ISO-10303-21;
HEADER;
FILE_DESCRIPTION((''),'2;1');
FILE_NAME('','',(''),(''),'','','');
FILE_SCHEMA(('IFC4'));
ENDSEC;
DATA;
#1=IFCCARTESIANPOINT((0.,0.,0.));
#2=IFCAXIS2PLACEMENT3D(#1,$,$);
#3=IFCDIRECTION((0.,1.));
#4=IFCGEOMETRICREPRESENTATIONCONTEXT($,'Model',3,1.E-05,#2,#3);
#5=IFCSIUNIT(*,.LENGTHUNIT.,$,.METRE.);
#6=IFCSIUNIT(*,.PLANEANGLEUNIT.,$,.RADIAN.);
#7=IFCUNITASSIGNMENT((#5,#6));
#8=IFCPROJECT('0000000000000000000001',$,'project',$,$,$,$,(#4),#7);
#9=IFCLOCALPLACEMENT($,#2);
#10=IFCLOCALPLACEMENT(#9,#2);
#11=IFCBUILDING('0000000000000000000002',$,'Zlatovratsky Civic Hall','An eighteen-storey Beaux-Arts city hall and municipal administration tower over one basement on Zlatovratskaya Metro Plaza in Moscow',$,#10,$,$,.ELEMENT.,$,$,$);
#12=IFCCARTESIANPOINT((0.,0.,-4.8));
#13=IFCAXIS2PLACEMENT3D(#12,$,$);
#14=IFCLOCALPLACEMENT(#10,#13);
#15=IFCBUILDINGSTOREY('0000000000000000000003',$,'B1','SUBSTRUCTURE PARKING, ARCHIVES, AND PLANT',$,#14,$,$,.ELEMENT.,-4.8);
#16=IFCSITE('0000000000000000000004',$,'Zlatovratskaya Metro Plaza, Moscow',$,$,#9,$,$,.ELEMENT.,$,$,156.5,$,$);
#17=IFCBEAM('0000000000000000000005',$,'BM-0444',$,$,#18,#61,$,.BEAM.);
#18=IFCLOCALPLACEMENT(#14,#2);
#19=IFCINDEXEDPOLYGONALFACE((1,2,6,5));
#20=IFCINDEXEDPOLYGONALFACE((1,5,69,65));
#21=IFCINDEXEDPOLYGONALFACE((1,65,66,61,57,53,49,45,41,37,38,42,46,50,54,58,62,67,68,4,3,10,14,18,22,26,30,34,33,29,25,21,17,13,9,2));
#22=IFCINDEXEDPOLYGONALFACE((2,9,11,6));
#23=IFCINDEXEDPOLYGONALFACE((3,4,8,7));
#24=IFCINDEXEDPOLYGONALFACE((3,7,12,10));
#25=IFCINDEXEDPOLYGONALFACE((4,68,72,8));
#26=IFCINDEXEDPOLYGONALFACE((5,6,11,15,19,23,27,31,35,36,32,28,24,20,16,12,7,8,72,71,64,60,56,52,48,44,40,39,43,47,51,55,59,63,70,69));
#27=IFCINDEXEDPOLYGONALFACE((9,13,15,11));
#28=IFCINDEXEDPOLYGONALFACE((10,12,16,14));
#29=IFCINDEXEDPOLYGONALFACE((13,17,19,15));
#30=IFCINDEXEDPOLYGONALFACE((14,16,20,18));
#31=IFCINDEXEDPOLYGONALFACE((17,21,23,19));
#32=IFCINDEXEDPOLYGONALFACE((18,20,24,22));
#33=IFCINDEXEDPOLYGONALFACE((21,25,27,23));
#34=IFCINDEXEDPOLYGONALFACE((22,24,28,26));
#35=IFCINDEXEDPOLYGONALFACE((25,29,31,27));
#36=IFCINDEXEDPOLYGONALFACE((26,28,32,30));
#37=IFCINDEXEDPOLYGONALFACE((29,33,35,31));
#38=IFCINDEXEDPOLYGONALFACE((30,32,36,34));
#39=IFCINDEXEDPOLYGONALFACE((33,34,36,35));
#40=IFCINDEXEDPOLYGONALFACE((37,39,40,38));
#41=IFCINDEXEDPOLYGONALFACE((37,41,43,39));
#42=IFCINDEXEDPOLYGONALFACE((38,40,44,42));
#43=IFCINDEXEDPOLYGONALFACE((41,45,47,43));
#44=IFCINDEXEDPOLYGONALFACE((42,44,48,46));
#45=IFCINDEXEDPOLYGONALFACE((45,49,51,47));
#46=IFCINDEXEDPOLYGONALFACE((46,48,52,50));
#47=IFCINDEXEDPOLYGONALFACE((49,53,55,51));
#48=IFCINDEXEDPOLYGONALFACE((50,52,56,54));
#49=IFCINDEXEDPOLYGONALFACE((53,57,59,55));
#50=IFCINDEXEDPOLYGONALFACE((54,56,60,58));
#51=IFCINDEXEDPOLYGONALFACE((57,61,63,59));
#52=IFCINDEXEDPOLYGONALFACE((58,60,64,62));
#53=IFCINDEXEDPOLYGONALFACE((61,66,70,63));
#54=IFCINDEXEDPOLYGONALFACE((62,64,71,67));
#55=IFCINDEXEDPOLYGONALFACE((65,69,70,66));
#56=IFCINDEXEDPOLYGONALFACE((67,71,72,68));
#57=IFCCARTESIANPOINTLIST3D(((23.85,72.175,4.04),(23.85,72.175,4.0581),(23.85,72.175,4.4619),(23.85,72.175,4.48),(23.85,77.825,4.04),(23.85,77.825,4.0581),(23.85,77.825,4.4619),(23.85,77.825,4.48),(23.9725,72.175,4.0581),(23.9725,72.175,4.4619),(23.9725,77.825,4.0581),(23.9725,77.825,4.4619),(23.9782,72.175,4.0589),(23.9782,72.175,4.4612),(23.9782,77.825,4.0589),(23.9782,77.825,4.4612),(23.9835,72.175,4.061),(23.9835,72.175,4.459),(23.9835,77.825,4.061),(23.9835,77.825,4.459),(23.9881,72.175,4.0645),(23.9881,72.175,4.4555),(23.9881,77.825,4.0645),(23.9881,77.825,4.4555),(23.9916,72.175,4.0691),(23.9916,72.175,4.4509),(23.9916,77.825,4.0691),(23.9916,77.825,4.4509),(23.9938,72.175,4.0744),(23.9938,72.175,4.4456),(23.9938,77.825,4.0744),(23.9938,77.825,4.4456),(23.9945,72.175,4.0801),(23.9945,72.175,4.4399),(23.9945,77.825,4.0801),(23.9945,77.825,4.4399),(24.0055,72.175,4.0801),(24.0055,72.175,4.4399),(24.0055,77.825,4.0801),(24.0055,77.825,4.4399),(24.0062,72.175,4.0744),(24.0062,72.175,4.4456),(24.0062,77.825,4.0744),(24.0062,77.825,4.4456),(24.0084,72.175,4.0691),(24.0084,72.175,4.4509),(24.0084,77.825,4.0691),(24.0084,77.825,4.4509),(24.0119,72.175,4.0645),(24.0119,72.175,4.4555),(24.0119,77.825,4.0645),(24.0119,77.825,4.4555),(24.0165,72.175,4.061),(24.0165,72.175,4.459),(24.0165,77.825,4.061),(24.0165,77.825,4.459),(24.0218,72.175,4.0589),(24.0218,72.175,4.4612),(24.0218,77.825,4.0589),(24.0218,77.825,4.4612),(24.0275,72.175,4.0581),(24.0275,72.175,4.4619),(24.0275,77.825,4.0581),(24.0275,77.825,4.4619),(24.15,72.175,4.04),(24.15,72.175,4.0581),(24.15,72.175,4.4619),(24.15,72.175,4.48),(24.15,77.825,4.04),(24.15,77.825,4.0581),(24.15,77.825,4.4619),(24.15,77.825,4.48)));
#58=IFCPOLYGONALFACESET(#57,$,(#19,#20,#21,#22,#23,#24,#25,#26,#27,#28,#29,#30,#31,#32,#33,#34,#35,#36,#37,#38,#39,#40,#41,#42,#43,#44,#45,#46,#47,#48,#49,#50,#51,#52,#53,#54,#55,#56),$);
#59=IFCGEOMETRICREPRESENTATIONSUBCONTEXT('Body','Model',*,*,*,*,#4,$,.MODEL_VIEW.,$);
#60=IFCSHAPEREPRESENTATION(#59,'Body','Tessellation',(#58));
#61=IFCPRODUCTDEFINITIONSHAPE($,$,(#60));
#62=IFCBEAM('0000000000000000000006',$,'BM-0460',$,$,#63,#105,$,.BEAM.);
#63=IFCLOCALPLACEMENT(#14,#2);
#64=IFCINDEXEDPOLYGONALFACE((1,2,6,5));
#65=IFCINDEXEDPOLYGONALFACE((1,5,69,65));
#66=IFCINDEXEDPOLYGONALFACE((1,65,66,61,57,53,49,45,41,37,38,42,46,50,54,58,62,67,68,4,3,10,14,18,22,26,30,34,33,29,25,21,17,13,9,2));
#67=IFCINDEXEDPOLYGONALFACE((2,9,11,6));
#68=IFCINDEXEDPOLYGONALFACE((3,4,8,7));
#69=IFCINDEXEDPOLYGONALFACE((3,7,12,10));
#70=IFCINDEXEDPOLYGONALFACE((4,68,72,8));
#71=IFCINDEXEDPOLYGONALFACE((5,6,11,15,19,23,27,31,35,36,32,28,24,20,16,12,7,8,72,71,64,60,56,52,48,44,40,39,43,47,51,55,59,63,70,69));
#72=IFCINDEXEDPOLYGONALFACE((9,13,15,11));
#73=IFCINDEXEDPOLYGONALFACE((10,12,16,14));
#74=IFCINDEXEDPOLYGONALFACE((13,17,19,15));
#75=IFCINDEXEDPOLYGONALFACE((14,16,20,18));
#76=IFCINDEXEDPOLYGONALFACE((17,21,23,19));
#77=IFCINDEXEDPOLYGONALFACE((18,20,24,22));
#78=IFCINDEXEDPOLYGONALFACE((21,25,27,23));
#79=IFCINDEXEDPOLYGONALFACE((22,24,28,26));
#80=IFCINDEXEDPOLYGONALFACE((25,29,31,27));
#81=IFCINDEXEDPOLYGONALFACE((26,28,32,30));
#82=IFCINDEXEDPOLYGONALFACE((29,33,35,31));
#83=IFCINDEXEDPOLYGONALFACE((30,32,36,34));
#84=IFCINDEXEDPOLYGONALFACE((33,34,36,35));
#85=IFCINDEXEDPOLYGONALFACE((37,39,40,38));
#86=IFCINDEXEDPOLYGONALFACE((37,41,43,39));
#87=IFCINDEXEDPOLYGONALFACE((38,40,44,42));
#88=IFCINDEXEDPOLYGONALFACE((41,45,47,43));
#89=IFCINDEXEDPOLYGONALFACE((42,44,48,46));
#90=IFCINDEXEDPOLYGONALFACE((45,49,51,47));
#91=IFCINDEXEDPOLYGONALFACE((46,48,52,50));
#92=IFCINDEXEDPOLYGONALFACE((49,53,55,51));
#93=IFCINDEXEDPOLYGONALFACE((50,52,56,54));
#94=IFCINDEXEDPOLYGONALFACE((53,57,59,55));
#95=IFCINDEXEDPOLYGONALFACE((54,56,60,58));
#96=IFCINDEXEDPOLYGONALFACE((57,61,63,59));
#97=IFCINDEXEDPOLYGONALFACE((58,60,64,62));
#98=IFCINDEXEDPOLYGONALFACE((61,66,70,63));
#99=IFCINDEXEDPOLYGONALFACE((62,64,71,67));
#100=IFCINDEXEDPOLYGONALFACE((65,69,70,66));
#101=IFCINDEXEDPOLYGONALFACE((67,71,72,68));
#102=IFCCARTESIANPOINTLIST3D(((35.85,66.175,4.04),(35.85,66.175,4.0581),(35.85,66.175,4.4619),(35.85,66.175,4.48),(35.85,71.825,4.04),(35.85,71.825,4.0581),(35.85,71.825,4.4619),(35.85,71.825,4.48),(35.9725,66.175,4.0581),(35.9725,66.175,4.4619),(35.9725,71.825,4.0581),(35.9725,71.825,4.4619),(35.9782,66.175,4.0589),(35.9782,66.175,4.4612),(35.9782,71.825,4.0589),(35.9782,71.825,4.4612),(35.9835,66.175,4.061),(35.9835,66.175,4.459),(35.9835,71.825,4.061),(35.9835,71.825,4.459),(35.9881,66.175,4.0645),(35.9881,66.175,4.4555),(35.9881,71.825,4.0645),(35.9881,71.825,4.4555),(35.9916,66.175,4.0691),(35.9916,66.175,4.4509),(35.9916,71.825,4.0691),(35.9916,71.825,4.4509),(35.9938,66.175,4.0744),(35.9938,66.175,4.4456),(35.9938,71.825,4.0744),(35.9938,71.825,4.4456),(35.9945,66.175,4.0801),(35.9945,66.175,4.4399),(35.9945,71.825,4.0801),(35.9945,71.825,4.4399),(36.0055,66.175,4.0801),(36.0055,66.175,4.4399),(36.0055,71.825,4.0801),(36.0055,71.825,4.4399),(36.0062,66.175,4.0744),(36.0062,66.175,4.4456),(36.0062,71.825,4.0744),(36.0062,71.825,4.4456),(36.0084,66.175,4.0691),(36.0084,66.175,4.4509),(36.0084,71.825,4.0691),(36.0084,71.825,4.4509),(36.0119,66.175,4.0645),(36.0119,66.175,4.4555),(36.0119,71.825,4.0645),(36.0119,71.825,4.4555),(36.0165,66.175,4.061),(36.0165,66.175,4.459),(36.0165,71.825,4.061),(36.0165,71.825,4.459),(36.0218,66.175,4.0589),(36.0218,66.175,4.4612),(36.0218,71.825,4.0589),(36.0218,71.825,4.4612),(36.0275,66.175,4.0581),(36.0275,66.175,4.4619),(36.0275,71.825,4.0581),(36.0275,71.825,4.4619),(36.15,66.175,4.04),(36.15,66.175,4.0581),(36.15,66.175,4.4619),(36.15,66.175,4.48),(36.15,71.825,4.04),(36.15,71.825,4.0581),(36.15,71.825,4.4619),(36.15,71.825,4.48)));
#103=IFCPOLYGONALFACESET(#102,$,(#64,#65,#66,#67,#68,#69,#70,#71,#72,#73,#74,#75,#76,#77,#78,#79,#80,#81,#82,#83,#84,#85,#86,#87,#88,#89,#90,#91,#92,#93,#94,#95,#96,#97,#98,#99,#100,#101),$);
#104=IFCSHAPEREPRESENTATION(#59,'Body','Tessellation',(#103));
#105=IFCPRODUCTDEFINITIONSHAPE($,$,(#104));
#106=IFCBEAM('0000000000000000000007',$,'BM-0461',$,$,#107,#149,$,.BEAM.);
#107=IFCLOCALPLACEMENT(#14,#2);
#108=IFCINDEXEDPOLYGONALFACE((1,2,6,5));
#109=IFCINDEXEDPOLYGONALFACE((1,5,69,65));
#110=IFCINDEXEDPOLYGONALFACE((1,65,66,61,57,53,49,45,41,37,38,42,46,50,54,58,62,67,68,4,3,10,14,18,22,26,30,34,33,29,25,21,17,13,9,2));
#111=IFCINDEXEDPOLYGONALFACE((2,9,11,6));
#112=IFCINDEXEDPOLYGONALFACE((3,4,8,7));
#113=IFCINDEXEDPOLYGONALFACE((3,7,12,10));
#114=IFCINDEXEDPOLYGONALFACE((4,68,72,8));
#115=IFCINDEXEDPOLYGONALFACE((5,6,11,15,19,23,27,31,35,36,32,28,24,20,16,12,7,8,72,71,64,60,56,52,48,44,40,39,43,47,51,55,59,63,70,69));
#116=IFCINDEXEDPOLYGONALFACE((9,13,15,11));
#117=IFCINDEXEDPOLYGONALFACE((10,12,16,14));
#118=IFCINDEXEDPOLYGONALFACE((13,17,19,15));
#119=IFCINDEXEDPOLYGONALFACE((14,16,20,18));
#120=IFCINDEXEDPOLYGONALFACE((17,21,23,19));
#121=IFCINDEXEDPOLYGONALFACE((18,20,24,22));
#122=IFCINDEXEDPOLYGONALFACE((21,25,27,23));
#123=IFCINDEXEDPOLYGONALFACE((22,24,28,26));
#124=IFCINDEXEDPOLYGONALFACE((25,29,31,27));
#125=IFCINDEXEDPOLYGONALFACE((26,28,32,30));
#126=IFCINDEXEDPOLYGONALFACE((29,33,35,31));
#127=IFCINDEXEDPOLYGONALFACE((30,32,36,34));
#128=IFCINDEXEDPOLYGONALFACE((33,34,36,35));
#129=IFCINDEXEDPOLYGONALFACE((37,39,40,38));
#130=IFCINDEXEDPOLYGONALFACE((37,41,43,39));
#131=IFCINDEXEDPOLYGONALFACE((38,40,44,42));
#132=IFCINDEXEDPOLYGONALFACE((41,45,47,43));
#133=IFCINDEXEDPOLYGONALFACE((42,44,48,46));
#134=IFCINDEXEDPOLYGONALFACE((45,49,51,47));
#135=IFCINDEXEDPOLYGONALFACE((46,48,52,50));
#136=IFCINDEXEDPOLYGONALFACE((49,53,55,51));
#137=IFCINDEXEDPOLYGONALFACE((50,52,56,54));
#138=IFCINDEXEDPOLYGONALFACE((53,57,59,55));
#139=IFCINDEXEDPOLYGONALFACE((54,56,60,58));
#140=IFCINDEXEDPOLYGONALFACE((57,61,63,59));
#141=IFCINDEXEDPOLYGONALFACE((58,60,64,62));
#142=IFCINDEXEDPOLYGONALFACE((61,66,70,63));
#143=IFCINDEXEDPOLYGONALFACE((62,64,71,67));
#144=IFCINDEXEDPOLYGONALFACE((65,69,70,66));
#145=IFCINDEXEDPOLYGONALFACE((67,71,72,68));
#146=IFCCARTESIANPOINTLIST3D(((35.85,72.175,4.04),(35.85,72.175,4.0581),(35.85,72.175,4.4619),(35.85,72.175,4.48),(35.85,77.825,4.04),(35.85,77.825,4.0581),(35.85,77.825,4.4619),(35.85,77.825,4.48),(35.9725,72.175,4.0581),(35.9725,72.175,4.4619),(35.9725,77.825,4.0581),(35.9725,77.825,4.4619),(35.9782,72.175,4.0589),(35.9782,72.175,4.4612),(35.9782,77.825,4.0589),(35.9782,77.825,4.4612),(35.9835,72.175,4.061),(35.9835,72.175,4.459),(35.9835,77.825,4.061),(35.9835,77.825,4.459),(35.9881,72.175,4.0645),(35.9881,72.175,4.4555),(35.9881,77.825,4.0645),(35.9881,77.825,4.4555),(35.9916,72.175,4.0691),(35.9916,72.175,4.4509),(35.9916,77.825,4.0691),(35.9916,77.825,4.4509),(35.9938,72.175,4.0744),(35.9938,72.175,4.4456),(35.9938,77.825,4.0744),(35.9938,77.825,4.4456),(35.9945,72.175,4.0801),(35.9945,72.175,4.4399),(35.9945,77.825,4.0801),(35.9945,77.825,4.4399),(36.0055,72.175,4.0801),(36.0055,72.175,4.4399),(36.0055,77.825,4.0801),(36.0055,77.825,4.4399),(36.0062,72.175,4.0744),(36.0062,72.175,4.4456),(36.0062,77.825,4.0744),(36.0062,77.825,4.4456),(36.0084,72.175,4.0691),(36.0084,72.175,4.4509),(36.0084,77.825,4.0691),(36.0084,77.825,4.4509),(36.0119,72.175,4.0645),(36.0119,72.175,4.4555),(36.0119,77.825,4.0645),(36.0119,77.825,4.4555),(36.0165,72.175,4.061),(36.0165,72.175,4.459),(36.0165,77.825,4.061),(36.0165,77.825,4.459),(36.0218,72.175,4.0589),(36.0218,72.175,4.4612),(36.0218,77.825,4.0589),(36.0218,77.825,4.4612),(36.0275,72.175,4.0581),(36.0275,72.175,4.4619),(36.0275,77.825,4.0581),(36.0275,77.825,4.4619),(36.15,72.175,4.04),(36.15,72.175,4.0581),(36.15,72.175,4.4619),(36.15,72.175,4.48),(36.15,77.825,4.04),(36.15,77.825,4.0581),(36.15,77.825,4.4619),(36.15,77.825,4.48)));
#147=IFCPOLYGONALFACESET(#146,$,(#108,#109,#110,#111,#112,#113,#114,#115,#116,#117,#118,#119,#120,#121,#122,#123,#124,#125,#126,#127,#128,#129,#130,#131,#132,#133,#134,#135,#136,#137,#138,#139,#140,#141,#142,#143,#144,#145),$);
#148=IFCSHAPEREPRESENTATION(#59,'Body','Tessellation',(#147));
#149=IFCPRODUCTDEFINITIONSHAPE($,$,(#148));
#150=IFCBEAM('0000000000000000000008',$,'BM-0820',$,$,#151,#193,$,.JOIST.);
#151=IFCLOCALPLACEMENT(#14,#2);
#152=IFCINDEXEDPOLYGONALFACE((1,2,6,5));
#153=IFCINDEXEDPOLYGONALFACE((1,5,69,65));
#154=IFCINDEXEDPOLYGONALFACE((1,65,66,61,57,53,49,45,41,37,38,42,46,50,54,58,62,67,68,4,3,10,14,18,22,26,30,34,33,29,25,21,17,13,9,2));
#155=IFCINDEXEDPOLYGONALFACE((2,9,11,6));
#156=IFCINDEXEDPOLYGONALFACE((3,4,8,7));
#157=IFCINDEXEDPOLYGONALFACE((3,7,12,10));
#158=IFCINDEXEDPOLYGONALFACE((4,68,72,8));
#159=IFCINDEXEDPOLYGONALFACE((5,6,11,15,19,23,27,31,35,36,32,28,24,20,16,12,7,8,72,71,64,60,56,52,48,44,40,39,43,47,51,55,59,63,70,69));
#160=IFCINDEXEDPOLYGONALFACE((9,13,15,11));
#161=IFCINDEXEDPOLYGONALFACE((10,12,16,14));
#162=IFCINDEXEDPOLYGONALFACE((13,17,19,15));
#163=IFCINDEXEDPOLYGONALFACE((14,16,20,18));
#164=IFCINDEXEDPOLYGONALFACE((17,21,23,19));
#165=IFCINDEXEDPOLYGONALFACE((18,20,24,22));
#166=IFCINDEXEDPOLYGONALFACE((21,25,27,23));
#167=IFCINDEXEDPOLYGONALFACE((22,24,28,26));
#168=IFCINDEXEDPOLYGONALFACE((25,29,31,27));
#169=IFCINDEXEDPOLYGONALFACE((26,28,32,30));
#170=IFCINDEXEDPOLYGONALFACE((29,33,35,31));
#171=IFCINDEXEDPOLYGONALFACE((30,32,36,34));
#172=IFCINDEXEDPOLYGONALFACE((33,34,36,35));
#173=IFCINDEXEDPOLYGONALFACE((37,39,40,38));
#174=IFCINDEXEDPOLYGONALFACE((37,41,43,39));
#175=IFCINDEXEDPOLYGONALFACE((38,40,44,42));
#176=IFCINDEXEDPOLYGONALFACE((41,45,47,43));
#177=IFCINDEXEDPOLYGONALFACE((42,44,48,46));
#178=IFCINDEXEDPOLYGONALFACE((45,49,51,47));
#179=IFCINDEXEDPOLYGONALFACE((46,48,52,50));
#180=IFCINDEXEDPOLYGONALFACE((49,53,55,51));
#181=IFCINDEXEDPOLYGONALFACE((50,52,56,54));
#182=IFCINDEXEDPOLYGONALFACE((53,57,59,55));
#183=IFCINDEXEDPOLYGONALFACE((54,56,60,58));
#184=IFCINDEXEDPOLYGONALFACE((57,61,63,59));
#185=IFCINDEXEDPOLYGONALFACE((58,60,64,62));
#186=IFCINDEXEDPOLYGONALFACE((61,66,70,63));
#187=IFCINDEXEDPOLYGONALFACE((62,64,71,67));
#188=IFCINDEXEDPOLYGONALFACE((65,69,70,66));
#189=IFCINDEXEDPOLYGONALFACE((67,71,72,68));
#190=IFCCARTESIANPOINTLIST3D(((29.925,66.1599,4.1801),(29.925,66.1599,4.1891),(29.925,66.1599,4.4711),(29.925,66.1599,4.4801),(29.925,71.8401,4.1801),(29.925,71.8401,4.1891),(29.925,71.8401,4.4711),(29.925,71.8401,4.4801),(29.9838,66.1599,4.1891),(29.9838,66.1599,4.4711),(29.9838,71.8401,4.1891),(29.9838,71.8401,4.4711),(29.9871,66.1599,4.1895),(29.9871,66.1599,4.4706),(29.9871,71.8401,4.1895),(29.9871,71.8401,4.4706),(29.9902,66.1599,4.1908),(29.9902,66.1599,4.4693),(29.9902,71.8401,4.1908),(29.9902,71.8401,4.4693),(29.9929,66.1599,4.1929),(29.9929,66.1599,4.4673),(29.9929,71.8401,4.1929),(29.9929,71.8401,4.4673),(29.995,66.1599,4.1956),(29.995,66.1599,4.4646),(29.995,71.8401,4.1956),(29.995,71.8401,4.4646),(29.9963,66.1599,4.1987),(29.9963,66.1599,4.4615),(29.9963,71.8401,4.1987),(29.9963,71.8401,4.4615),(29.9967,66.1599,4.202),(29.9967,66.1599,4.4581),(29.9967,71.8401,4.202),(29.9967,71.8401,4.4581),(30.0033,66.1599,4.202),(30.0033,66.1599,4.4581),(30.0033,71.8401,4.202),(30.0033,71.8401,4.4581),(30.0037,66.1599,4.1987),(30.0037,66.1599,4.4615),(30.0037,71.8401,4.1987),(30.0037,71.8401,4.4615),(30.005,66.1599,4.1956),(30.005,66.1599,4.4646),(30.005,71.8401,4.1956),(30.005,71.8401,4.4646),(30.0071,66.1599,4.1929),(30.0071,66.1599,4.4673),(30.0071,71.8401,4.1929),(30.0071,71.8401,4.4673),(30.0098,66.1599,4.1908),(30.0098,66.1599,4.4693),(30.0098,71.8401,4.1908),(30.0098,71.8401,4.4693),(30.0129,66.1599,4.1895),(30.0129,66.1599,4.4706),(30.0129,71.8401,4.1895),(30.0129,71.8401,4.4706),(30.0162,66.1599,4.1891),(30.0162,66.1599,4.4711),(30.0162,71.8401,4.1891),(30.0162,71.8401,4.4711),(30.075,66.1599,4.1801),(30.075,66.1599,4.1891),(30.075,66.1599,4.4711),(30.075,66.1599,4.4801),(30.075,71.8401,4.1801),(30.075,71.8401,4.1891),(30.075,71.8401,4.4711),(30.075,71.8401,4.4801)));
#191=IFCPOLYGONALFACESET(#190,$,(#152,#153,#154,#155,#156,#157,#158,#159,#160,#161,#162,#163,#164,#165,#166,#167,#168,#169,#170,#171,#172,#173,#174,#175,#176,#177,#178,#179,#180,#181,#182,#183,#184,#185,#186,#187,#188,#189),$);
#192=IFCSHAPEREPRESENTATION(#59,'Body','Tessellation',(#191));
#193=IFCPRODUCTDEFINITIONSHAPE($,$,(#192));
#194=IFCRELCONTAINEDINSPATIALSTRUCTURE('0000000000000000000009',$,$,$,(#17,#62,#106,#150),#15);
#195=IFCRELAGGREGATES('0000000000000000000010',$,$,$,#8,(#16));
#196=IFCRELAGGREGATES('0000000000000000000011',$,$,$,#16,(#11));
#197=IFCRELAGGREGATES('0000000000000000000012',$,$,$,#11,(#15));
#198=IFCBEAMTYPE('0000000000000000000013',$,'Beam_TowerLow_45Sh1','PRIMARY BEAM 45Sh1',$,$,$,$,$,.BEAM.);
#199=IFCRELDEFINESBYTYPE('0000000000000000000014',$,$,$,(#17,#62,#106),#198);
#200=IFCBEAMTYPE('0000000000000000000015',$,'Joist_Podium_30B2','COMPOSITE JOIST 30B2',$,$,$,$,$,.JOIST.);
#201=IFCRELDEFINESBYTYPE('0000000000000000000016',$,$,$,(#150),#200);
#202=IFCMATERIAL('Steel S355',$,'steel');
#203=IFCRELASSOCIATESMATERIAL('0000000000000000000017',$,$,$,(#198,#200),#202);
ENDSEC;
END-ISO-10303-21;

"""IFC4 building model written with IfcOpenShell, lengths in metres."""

from ifc_helpers import new_model, si_unit, direction, frame, origin, origin_2d, place, context, subcontext, project, spatial, i_section, extrude, material, material_profile, profile_set, type_object, element, save


model = new_model("IFC4")

# Units and contexts
model_context = context("Model", 3, precision=1e-05, world=origin(), true_north=direction((0.0, 1.0)))
body_context = subcontext(model_context, "Body", "Model", "MODEL_VIEW")
ifc_project = project(units=[si_unit("LENGTHUNIT", "METRE"), si_unit("PLANEANGLEUNIT", "RADIAN")], contexts=[model_context])

# Site, building, storey
site_placement = place(None, origin())
site = spatial("IfcSite", under=ifc_project, at=site_placement, Name="Zlatovratskaya Metro Plaza, Moscow", CompositionType="ELEMENT", RefElevation=156.5)
building_placement = place(site_placement, origin())
building = spatial("IfcBuilding", under=site, at=building_placement, Name="Zlatovratsky Civic Hall", Description="An eighteen-storey Beaux-Arts city hall and municipal administration tower over one basement on Zlatovratskaya Metro Plaza in Moscow", CompositionType="ELEMENT")
storey_placement = place(building_placement, frame((0.0, 0.0, -4.8)))
storey = spatial("IfcBuildingStorey", under=building, at=storey_placement, Name="B1", Description="SUBSTRUCTURE PARKING, ARCHIVES, AND PLANT", CompositionType="ELEMENT", Elevation=-4.8)

# Shared definitions
ifc_material_1 = material(Name="Steel S355", Category="steel")

# Beams
ifc_material_profile_1 = material_profile(ifc_material_1, i_section(OverallWidth=0.3, OverallDepth=0.4399, WebThickness=0.011, FlangeThickness=0.0181, FilletRadius=0.022, at=origin_2d()), Name="45Sh1")
ifc_profile_set_1 = profile_set([ifc_material_profile_1], Name="Steel S355")
beam_type_1 = type_object("IfcBeamType", Name="Beam_TowerLow_45Sh1", Description="PRIMARY BEAM 45Sh1", PredefinedType="BEAM", material=ifc_profile_set_1)
for number, where, z_axis, x_axis, name in (
    (1, (24.0, 72.175, 4.26), (0.0, 1.0, 0.0), (-1.0, 0.0, 0.0), "BM-0444"),
    (2, (36.0, 66.175, 4.26), (0.0, 1.0, 0.0), (-1.0, 0.0, 0.0), "BM-0460"),
    (3, (36.0, 72.175, 4.26), (0.0, 1.0, 0.0), (-1.0, 0.0, 0.0), "BM-0461"),
):
    element("IfcBeam", number, at=place(storey_placement, frame(where, z_axis=z_axis, x_axis=x_axis)), inside=storey, type_object=beam_type_1, Name=name, PredefinedType="BEAM", context=body_context, shape_type="SweptSolid", body=[
        extrude(i_section(OverallWidth=0.3, OverallDepth=0.4399, WebThickness=0.011, FlangeThickness=0.0181, FilletRadius=0.022, at=origin_2d()), origin(), (0.0, 0.0, 1.0), 5.6499),
    ])
ifc_material_profile_2 = material_profile(ifc_material_1, i_section(OverallWidth=0.1499, OverallDepth=0.3, WebThickness=0.0066, FlangeThickness=0.009, FilletRadius=0.0129, at=origin_2d()), Name="30B2")
ifc_profile_set_2 = profile_set([ifc_material_profile_2], Name="Steel S355")
beam_type_2 = type_object("IfcBeamType", Name="Joist_Podium_30B2", Description="COMPOSITE JOIST 30B2", PredefinedType="JOIST", material=ifc_profile_set_2)
for number, where, z_axis, x_axis, name in (
    (4, (30.0, 66.1599, 4.3301), (0.0, 1.0, 0.0), (-1.0, 0.0, 0.0), "BM-0820"),
):
    element("IfcBeam", number, at=place(storey_placement, frame(where, z_axis=z_axis, x_axis=x_axis)), inside=storey, type_object=beam_type_2, Name=name, PredefinedType="JOIST", context=body_context, shape_type="SweptSolid", body=[
        extrude(i_section(OverallWidth=0.1499, OverallDepth=0.3, WebThickness=0.0066, FlangeThickness=0.009, FilletRadius=0.0129, at=origin_2d()), origin(), (0.0, 0.0, 1.0), 5.6802),
    ])

save(model, "model.ifc")
